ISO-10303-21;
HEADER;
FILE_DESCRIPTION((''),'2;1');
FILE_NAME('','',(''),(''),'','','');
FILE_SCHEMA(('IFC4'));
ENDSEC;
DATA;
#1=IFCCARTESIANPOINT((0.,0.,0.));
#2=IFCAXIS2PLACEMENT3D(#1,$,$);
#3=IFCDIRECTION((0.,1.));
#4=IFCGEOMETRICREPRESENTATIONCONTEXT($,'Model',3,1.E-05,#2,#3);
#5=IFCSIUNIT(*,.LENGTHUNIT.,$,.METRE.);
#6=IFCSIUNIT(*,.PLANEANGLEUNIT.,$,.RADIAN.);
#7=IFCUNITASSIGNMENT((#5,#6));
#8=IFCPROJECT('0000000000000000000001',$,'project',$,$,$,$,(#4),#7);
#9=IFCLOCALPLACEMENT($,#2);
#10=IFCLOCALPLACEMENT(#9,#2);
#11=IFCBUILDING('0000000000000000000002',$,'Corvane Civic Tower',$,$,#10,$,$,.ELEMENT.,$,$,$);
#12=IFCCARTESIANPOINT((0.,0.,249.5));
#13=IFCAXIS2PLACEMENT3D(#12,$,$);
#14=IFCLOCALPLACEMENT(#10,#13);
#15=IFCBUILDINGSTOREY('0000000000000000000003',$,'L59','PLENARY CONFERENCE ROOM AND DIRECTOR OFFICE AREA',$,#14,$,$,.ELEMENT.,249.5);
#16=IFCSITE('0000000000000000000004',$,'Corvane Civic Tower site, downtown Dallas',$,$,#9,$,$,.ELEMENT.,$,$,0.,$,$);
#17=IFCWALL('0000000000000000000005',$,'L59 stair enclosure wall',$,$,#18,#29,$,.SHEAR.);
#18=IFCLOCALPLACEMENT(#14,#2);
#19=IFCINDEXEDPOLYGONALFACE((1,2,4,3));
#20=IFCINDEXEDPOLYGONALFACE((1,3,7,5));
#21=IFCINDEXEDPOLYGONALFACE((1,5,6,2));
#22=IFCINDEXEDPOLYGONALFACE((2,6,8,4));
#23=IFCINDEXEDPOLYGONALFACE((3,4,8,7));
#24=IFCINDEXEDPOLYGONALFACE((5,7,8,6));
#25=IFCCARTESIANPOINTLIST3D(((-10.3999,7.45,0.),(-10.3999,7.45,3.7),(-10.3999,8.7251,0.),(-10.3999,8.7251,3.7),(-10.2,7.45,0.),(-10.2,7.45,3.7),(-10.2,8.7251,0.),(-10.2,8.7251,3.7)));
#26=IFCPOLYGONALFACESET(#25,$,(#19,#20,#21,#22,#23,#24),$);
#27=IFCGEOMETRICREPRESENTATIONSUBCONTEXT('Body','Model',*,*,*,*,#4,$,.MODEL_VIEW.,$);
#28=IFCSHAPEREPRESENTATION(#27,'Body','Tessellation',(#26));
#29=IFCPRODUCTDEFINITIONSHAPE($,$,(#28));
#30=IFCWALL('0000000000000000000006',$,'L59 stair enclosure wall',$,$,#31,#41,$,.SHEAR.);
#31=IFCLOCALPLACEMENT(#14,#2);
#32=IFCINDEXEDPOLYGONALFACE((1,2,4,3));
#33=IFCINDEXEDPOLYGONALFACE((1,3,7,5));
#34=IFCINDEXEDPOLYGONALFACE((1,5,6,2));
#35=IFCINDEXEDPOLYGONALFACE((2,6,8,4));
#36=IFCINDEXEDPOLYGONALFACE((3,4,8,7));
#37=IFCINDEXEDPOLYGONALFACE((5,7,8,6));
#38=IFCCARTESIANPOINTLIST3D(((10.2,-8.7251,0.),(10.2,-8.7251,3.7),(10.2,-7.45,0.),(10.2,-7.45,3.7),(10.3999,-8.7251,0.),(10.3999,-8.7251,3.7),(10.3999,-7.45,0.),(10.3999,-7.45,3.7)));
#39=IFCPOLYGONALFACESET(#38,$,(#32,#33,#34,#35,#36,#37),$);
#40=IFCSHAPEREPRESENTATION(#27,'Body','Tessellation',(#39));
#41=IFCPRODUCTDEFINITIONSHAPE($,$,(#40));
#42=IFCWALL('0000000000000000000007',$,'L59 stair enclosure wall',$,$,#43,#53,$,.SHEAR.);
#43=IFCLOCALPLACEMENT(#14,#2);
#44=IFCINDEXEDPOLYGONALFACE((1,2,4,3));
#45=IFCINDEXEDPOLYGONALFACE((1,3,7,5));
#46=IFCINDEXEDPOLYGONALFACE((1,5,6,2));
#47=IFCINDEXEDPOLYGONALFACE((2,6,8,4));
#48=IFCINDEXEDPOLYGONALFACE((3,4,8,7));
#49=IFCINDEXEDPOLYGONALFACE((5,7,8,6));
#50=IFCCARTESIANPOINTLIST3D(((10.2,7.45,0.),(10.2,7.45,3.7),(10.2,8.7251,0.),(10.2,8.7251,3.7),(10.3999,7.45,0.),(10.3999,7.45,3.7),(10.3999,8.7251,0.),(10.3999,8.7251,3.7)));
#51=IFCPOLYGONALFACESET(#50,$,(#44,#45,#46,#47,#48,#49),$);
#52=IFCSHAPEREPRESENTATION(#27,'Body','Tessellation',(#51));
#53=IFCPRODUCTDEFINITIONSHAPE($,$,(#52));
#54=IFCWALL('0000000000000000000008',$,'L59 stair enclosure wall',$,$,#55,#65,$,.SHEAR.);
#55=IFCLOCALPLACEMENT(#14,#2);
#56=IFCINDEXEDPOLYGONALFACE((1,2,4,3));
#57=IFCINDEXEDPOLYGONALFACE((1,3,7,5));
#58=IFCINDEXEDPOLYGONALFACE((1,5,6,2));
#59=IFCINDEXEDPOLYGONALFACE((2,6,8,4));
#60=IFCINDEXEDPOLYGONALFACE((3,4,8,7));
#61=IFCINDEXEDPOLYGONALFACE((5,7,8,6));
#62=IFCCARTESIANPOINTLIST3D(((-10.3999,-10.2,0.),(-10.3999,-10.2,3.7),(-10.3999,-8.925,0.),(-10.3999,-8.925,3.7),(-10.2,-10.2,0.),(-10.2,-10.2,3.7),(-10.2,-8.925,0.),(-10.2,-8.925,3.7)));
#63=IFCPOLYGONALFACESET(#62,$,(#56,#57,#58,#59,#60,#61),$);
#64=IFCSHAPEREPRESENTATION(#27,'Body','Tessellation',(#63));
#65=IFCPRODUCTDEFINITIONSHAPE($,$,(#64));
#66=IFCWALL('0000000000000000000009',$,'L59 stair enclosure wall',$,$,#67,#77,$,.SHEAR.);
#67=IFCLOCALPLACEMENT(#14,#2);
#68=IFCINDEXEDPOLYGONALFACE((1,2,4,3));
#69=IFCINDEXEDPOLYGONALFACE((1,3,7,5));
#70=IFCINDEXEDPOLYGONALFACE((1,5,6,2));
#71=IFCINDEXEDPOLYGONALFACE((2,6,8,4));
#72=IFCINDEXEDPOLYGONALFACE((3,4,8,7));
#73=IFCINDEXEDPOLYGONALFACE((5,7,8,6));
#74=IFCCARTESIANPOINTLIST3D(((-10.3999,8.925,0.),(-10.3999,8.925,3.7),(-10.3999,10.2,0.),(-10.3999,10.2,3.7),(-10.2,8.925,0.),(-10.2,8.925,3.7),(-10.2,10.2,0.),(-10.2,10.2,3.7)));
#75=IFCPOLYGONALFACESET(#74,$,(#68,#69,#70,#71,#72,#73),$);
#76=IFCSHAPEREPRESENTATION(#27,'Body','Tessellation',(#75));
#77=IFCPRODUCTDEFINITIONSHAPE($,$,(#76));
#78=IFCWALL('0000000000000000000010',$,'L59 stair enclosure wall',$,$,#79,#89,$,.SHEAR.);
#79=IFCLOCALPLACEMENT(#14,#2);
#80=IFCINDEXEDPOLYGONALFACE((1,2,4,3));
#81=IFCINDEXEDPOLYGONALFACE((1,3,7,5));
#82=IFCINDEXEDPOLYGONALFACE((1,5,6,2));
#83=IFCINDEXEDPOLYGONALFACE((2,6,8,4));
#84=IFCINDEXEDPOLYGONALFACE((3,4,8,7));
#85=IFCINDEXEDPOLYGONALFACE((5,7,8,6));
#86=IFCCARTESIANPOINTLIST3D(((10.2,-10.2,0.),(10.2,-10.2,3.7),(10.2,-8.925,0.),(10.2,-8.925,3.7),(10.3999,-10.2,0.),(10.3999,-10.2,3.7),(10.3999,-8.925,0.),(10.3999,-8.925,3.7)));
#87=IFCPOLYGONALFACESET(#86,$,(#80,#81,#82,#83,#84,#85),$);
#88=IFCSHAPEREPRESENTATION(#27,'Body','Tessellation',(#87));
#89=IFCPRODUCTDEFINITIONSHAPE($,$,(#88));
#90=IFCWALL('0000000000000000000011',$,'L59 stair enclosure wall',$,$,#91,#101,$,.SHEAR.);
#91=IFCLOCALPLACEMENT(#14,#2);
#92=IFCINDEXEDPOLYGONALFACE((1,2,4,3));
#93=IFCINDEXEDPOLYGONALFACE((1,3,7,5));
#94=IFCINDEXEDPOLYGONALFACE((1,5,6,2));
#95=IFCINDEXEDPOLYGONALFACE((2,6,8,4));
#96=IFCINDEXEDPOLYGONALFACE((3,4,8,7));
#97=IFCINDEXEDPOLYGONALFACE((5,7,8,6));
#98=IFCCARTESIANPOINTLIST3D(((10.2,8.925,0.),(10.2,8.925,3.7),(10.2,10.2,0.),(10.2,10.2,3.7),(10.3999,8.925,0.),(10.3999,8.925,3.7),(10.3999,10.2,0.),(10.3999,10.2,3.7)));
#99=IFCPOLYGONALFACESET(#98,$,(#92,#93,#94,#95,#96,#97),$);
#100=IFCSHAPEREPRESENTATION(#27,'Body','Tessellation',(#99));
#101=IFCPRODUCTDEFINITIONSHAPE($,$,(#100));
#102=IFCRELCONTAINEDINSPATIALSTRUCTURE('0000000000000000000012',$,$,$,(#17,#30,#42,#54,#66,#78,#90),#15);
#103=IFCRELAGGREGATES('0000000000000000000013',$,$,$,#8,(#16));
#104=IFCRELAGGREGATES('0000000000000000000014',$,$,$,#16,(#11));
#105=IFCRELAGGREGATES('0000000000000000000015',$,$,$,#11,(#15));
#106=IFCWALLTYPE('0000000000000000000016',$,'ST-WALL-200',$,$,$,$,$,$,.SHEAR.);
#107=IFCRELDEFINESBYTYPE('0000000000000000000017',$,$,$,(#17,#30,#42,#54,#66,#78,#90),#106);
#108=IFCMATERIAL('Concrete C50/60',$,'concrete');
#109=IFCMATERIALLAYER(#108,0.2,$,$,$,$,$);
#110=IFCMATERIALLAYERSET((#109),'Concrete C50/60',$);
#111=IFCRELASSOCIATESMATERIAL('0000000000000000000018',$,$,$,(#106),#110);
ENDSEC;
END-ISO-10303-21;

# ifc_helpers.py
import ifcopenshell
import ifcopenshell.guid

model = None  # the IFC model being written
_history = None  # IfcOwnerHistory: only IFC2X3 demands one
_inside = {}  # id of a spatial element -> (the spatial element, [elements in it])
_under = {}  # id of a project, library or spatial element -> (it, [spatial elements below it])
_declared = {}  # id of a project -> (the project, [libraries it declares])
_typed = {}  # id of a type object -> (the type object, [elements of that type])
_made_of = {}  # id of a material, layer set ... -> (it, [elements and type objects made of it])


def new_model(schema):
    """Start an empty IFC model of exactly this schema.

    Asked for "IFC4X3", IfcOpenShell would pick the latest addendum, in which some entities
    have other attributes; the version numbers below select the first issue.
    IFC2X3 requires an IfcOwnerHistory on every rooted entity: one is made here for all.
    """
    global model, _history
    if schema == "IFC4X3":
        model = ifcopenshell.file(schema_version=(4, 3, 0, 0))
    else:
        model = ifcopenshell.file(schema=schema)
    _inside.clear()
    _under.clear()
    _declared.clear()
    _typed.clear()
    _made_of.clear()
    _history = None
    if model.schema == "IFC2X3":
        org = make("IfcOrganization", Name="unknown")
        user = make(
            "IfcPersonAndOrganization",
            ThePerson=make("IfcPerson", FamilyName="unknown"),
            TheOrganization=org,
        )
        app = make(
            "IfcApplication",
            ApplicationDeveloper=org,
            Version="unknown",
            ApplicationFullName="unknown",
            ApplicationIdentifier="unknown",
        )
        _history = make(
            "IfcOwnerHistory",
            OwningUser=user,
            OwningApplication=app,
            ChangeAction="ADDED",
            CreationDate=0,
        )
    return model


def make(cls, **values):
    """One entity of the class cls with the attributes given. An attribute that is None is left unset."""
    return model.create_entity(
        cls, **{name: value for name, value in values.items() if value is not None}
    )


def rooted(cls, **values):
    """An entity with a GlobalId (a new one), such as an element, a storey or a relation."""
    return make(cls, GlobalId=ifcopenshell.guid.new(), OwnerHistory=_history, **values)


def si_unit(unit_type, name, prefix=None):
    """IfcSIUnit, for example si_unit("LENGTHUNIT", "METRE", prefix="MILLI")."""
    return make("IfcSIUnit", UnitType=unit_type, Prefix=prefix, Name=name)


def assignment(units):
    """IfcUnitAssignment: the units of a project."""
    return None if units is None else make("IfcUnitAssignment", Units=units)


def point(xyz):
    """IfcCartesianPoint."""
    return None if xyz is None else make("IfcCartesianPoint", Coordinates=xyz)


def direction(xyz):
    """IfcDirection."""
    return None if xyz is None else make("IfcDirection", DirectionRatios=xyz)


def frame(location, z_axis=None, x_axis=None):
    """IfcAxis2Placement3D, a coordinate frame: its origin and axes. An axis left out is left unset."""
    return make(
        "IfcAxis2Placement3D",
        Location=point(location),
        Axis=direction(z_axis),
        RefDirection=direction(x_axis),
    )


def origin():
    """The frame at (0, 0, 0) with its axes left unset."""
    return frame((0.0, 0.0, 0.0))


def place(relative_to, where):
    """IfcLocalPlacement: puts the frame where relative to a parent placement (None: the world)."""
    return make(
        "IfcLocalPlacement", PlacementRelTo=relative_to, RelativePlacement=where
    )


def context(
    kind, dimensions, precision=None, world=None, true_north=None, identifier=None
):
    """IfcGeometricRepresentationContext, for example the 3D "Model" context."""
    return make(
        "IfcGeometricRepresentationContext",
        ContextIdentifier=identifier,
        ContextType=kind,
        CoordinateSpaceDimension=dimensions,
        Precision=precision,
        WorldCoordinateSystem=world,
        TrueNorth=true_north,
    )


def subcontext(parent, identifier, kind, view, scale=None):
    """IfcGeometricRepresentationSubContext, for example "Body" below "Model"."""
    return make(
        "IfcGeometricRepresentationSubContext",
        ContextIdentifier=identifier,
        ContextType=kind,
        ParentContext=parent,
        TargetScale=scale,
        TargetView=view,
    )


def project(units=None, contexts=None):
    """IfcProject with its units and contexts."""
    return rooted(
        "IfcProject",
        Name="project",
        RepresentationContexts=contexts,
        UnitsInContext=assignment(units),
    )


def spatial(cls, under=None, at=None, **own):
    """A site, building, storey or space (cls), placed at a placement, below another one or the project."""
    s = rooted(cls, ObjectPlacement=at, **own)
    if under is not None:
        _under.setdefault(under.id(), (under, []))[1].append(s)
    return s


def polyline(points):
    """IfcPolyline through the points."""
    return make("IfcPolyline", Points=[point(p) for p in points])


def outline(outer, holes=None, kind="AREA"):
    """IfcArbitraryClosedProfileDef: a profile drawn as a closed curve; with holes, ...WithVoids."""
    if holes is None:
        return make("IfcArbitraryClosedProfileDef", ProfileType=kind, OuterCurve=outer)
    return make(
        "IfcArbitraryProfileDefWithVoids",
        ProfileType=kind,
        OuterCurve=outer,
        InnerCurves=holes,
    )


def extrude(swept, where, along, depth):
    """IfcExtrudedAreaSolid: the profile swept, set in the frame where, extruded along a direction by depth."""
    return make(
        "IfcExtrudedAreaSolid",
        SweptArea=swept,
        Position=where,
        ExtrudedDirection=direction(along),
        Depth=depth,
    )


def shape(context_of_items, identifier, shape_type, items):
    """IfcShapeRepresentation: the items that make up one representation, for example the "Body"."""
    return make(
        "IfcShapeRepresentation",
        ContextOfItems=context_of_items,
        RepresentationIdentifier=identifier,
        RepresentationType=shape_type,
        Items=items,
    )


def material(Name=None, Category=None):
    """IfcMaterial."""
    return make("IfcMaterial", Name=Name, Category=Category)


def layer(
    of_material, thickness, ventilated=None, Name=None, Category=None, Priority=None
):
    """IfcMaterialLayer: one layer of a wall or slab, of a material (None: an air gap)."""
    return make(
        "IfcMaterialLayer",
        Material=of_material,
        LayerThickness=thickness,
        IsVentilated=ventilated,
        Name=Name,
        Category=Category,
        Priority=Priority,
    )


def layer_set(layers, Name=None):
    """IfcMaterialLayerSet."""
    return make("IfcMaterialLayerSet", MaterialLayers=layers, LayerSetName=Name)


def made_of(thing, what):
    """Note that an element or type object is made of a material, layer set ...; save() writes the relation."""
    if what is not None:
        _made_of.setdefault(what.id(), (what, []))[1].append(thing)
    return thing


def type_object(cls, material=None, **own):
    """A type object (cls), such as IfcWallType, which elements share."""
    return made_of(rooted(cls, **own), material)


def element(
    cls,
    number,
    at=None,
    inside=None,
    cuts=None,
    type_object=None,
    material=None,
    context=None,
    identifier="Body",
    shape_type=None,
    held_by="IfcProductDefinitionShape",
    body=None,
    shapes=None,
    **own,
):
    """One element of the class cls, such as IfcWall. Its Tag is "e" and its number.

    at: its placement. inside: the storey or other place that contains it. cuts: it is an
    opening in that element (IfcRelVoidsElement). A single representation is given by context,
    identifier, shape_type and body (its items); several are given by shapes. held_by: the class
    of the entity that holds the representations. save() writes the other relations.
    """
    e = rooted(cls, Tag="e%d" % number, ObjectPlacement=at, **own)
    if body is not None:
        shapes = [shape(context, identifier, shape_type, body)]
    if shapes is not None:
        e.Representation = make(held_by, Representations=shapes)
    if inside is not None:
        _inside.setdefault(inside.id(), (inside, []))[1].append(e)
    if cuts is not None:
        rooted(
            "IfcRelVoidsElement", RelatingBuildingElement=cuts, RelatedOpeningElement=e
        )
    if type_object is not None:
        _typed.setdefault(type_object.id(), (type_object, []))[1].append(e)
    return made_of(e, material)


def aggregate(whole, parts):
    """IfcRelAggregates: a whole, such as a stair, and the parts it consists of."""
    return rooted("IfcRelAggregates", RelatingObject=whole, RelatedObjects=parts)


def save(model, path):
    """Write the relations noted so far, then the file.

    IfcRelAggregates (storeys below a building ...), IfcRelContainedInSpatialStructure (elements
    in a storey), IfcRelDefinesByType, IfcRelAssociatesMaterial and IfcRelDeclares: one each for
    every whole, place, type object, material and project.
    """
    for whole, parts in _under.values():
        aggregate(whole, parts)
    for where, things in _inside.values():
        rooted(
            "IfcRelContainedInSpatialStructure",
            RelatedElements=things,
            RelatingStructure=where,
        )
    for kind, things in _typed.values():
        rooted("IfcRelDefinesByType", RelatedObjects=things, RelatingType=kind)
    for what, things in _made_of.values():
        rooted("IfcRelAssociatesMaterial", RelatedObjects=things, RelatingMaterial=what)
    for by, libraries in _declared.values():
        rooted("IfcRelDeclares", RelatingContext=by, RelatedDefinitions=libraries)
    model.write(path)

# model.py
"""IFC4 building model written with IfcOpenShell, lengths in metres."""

from ifc_helpers import new_model, si_unit, direction, frame, origin, place, context, subcontext, project, spatial, polyline, outline, extrude, material, layer, layer_set, type_object, element, save


model = new_model("IFC4")

# Units and contexts
model_context = context("Model", 3, precision=1e-05, world=origin(), true_north=direction((0.0, 1.0)))
body_context = subcontext(model_context, "Body", "Model", "MODEL_VIEW")
ifc_project = project(units=[si_unit("LENGTHUNIT", "METRE"), si_unit("PLANEANGLEUNIT", "RADIAN")], contexts=[model_context])

# Site, building, storey
site_placement = place(None, origin())
site = spatial("IfcSite", under=ifc_project, at=site_placement, Name="Corvane Civic Tower site, downtown Dallas", CompositionType="ELEMENT", RefElevation=0.0)
building_placement = place(site_placement, origin())
building = spatial("IfcBuilding", under=site, at=building_placement, Name="Corvane Civic Tower", CompositionType="ELEMENT")
storey_placement = place(building_placement, frame((0.0, 0.0, 249.5)))
storey = spatial("IfcBuildingStorey", under=building, at=storey_placement, Name="L59", Description="PLENARY CONFERENCE ROOM AND DIRECTOR OFFICE AREA", CompositionType="ELEMENT", Elevation=249.5)

# Shared definitions
ifc_material_1 = material(Name="Concrete C50/60", Category="concrete")
ifc_layer_1 = layer(ifc_material_1, 0.2)
ifc_layer_set_1 = layer_set([ifc_layer_1], Name="Concrete C50/60")
wall_type_1 = type_object("IfcWallType", Name="ST-WALL-200", PredefinedType="SHEAR", material=ifc_layer_set_1)

# Walls
wall_1_placement = place(storey_placement, origin())
element("IfcWall", 1, at=wall_1_placement, inside=storey, type_object=wall_type_1, Name="L59 stair enclosure wall", PredefinedType="SHEAR", context=body_context, shape_type="SweptSolid", body=[
    extrude(outline(polyline([(-10.2, 8.7251), (-10.2, 7.45), (-10.3999, 7.45), (-10.3999, 8.7251), (-10.2, 8.7251)])), origin(), (0.0, 0.0, 1.0), 3.7),
])
wall_2_placement = place(storey_placement, origin())
element("IfcWall", 2, at=wall_2_placement, inside=storey, type_object=wall_type_1, Name="L59 stair enclosure wall", PredefinedType="SHEAR", context=body_context, shape_type="SweptSolid", body=[
    extrude(outline(polyline([(10.3999, -7.45), (10.3999, -8.7251), (10.2, -8.7251), (10.2, -7.45), (10.3999, -7.45)])), origin(), (0.0, 0.0, 1.0), 3.7),
])
wall_3_placement = place(storey_placement, origin())
element("IfcWall", 3, at=wall_3_placement, inside=storey, type_object=wall_type_1, Name="L59 stair enclosure wall", PredefinedType="SHEAR", context=body_context, shape_type="SweptSolid", body=[
    extrude(outline(polyline([(10.3999, 8.7251), (10.3999, 7.45), (10.2, 7.45), (10.2, 8.7251), (10.3999, 8.7251)])), origin(), (0.0, 0.0, 1.0), 3.7),
])
wall_4_placement = place(storey_placement, origin())
element("IfcWall", 4, at=wall_4_placement, inside=storey, type_object=wall_type_1, Name="L59 stair enclosure wall", PredefinedType="SHEAR", context=body_context, shape_type="SweptSolid", body=[
    extrude(outline(polyline([(-10.2, -8.925), (-10.2, -10.2), (-10.3999, -10.2), (-10.3999, -8.925), (-10.2, -8.925)])), origin(), (0.0, 0.0, 1.0), 3.7),
])
wall_5_placement = place(storey_placement, origin())
element("IfcWall", 5, at=wall_5_placement, inside=storey, type_object=wall_type_1, Name="L59 stair enclosure wall", PredefinedType="SHEAR", context=body_context, shape_type="SweptSolid", body=[
    extrude(outline(polyline([(-10.2, 8.925), (-10.3999, 8.925), (-10.3999, 10.2), (-10.2, 10.2), (-10.2, 8.925)])), origin(), (0.0, 0.0, 1.0), 3.7),
])
wall_6_placement = place(storey_placement, origin())
element("IfcWall", 6, at=wall_6_placement, inside=storey, type_object=wall_type_1, Name="L59 stair enclosure wall", PredefinedType="SHEAR", context=body_context, shape_type="SweptSolid", body=[
    extrude(outline(polyline([(10.3999, -8.925), (10.3999, -10.2), (10.2, -10.2), (10.2, -8.925), (10.3999, -8.925)])), origin(), (0.0, 0.0, 1.0), 3.7),
])
wall_7_placement = place(storey_placement, origin())
element("IfcWall", 7, at=wall_7_placement, inside=storey, type_object=wall_type_1, Name="L59 stair enclosure wall", PredefinedType="SHEAR", context=body_context, shape_type="SweptSolid", body=[
    extrude(outline(polyline([(10.3999, 8.925), (10.2, 8.925), (10.2, 10.2), (10.3999, 10.2), (10.3999, 8.925)])), origin(), (0.0, 0.0, 1.0), 3.7),
])

save(model, "model.ifc")
